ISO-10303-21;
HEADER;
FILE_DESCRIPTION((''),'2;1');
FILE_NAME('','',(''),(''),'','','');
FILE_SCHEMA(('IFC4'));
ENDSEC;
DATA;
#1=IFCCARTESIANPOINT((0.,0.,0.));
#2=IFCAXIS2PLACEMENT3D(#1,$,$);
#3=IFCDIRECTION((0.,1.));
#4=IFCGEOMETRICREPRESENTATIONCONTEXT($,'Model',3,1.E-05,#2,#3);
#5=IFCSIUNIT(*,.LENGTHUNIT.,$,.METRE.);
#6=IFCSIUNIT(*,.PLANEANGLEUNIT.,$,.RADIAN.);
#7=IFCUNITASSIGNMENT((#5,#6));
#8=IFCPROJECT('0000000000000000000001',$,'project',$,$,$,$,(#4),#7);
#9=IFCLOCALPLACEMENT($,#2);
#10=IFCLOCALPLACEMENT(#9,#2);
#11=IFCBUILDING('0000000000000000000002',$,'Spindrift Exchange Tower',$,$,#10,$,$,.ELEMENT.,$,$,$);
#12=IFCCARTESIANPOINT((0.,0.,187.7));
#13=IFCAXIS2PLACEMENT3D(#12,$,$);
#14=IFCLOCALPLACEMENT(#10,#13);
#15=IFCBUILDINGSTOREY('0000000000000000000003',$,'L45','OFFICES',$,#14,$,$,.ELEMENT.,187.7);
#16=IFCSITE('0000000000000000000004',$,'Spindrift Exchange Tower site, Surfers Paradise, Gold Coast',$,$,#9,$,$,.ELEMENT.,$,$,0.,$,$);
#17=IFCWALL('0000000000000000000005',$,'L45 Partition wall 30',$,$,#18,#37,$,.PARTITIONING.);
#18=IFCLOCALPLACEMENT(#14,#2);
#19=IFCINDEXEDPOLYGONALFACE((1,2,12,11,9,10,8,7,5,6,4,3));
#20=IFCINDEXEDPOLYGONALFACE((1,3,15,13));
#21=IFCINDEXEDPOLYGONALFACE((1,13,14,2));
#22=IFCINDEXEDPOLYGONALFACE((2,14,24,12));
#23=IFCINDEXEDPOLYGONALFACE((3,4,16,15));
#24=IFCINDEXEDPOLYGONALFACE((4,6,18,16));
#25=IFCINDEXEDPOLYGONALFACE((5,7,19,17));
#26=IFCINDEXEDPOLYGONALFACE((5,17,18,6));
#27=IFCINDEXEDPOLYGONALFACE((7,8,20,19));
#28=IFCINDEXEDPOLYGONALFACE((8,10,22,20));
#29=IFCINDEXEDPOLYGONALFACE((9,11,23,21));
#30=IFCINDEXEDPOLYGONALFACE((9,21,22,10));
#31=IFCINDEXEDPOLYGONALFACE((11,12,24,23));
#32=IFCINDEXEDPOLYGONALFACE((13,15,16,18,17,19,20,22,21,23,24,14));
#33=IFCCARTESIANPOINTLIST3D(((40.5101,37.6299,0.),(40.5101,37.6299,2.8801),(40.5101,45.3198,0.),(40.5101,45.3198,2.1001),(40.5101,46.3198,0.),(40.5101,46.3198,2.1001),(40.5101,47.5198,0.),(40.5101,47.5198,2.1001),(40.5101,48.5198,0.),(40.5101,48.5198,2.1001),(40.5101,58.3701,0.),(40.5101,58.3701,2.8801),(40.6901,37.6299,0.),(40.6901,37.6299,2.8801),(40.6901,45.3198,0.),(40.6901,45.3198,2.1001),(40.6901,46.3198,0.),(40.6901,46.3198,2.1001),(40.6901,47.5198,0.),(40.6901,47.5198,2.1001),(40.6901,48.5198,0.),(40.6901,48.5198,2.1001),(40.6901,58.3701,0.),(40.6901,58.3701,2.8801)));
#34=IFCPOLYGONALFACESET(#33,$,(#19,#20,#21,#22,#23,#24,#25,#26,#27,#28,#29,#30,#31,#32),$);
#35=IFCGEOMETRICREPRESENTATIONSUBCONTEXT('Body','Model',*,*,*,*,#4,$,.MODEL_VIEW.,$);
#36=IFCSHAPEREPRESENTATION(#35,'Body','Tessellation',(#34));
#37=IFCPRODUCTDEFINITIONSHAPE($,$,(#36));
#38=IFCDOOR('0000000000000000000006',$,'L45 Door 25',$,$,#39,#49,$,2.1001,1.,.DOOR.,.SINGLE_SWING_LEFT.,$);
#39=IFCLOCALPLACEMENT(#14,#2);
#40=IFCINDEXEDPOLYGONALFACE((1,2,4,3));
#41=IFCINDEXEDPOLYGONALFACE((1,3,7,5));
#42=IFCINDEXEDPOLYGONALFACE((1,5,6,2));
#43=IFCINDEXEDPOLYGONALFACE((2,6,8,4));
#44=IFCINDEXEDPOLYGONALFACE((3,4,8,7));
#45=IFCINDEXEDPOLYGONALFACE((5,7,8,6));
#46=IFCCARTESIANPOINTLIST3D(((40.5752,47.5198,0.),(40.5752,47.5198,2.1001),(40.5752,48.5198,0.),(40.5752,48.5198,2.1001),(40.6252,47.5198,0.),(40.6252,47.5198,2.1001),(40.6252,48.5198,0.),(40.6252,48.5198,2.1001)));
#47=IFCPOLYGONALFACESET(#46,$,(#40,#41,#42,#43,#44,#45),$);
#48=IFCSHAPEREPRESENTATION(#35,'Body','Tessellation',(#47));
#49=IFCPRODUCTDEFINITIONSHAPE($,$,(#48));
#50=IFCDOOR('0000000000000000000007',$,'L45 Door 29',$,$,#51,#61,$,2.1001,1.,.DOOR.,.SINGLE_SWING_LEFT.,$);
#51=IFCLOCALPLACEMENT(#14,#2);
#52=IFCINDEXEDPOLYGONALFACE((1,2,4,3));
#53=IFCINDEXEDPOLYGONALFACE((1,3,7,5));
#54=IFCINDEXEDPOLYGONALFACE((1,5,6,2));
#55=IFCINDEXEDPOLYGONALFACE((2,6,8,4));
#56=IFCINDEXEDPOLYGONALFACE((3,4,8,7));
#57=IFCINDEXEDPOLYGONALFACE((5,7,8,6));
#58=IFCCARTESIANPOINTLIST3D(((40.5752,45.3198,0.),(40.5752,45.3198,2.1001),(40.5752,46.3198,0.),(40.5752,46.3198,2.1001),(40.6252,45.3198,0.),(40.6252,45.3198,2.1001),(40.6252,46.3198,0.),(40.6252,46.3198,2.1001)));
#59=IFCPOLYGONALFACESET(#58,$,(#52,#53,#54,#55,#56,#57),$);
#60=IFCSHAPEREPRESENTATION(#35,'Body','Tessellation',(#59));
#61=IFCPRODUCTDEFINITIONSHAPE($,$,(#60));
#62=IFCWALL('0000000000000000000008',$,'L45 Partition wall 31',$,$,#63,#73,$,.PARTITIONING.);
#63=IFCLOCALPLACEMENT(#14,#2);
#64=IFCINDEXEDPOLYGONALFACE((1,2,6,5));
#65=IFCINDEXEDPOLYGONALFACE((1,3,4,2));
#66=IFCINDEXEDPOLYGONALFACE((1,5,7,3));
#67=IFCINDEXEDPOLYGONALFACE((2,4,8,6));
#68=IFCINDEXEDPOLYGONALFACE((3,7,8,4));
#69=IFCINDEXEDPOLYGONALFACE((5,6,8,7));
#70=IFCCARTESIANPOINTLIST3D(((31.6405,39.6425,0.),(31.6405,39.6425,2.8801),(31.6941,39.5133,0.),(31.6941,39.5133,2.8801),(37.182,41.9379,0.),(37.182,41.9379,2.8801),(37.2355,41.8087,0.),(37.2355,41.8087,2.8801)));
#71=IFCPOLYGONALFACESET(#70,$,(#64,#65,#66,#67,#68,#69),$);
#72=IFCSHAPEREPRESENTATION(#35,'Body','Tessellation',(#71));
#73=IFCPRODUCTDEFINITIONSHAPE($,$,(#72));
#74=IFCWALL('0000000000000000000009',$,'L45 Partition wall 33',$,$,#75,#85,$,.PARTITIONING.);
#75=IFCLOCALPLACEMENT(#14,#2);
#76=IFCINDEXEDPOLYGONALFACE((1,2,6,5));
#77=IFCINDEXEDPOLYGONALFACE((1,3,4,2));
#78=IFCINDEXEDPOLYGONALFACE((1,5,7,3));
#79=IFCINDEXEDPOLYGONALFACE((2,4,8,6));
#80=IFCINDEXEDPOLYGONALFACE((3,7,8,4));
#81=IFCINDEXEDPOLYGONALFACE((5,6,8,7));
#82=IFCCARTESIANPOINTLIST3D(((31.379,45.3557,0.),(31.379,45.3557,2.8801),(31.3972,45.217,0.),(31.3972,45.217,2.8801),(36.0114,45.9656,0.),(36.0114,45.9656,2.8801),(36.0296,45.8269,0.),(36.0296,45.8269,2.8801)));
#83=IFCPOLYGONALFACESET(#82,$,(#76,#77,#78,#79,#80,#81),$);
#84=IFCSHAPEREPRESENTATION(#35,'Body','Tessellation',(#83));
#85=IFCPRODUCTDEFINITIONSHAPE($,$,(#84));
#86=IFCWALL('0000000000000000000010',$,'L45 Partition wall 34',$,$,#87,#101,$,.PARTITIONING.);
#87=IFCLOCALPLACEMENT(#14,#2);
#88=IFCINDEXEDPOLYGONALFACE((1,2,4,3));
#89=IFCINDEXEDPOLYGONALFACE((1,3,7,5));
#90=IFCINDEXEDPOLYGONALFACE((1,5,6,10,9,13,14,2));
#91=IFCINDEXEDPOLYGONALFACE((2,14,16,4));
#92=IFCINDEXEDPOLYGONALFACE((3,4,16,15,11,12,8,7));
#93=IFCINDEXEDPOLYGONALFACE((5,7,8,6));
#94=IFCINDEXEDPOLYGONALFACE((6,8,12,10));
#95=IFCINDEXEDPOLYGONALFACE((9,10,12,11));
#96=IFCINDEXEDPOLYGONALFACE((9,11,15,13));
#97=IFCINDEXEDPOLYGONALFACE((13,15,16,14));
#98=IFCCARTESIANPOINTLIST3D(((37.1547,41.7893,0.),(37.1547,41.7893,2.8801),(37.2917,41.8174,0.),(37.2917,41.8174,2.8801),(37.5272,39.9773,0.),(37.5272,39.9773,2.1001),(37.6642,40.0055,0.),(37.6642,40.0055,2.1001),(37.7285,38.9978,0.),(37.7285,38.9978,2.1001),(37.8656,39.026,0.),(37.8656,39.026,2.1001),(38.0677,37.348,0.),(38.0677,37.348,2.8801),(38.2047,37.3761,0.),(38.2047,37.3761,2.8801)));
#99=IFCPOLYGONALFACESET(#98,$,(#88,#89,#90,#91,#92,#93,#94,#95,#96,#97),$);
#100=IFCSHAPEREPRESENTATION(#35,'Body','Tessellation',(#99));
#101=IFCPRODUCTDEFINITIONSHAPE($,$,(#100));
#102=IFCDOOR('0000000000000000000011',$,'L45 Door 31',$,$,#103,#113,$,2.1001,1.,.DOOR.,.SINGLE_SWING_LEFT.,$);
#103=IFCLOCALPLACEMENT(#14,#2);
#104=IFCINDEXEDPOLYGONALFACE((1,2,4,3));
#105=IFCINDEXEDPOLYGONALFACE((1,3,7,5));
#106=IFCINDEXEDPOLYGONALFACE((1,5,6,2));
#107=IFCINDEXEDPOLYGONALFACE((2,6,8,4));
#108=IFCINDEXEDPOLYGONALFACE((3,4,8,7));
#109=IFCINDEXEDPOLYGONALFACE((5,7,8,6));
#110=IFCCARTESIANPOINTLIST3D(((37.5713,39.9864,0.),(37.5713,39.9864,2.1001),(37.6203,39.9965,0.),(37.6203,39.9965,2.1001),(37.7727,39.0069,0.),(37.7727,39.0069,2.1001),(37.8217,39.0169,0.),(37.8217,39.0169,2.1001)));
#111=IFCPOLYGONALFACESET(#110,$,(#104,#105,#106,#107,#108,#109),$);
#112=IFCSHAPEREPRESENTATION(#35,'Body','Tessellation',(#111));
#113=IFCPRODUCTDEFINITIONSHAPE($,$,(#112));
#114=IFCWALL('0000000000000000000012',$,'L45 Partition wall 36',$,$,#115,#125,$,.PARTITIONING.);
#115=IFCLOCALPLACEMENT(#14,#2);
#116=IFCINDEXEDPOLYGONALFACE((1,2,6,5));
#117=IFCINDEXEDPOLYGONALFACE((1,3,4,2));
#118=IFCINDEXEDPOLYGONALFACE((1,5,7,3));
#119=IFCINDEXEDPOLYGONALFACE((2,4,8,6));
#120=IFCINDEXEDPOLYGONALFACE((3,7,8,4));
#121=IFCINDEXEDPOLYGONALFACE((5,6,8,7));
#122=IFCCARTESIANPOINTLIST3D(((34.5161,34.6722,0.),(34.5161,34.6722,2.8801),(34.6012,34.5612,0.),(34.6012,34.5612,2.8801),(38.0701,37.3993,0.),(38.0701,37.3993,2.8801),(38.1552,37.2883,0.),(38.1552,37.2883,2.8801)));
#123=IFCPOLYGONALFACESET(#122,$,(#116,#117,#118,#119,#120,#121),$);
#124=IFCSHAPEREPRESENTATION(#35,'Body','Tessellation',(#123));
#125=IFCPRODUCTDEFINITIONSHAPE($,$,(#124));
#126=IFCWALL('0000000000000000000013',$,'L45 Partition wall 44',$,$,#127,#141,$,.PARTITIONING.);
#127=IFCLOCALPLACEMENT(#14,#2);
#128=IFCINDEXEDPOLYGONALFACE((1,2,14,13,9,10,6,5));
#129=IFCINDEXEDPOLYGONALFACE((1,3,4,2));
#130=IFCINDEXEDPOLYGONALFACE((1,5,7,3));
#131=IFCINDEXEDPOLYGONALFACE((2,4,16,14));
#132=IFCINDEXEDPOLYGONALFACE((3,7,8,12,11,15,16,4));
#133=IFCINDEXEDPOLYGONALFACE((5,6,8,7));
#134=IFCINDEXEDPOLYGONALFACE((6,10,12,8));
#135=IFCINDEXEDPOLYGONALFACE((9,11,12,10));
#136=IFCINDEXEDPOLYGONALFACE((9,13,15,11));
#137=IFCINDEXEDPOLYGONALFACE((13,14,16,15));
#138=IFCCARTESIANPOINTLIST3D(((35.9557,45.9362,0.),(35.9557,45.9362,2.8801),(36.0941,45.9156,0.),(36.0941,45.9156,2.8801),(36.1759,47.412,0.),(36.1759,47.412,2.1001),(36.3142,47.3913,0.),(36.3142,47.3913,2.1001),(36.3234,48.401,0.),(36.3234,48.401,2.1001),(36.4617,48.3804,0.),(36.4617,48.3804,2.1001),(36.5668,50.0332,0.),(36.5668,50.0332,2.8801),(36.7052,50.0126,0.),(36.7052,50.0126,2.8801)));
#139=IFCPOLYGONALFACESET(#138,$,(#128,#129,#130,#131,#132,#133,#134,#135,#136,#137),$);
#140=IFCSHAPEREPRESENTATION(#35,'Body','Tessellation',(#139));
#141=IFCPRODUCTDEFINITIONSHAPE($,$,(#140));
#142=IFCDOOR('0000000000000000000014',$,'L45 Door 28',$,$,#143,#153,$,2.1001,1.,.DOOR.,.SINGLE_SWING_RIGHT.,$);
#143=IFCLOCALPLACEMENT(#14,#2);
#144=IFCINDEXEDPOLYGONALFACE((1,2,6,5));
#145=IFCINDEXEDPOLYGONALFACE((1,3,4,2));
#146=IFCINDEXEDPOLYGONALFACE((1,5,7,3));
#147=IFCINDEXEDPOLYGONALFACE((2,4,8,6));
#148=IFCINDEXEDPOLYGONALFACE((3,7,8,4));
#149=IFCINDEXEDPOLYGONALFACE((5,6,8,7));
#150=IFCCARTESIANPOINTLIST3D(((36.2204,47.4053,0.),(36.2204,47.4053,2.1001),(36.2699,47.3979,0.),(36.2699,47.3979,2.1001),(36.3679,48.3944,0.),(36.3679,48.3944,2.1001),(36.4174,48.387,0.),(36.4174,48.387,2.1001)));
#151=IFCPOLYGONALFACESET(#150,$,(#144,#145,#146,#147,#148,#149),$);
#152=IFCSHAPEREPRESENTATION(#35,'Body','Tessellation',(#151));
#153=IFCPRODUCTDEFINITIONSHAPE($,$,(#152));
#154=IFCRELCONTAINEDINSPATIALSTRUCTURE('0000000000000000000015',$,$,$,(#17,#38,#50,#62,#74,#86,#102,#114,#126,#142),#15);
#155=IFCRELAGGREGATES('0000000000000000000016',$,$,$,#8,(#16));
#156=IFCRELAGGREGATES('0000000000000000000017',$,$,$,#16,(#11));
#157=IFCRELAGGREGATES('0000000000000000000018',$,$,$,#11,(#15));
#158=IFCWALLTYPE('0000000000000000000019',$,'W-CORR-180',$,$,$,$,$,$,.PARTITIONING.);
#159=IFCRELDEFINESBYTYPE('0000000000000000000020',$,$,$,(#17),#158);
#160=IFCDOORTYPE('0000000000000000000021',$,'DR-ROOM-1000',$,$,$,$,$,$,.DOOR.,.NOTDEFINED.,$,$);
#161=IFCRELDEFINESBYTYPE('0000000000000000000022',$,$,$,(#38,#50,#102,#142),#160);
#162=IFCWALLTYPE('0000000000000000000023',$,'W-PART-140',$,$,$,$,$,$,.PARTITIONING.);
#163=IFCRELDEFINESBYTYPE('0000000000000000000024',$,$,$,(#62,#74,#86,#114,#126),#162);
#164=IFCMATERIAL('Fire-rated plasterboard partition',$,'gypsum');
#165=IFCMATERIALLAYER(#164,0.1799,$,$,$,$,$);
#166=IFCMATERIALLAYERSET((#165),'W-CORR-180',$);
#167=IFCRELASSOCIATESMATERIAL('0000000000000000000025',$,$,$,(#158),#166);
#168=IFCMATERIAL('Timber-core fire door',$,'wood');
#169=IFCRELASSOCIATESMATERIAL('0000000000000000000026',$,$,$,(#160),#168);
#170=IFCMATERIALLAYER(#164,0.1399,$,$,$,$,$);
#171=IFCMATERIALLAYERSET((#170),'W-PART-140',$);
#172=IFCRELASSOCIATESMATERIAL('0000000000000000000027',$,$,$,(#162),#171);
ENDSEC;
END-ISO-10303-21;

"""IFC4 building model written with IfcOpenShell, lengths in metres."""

from ifc_helpers import new_model, si_unit, direction, frame, frame_2d, origin, place, context, subcontext, project, spatial, rectangle, extrude, source, transform, mapped, material, layer, layer_set, type_object, element, fill, save


model = new_model("IFC4")

# Units and contexts
model_context = context("Model", 3, precision=1e-05, world=origin(), true_north=direction((0.0, 1.0)))
body_context = subcontext(model_context, "Body", "Model", "MODEL_VIEW")
ifc_project = project(units=[si_unit("LENGTHUNIT", "METRE"), si_unit("PLANEANGLEUNIT", "RADIAN")], contexts=[model_context])

# Site, building, storey
site_placement = place(None, origin())
site = spatial("IfcSite", under=ifc_project, at=site_placement, Name="Spindrift Exchange Tower site, Surfers Paradise, Gold Coast", CompositionType="ELEMENT", RefElevation=0.0)
building_placement = place(site_placement, origin())
building = spatial("IfcBuilding", under=site, at=building_placement, Name="Spindrift Exchange Tower", CompositionType="ELEMENT")
storey_placement = place(building_placement, frame((0.0, 0.0, 187.7)))
storey = spatial("IfcBuildingStorey", under=building, at=storey_placement, Name="L45", Description="OFFICES", CompositionType="ELEMENT", Elevation=187.7)

# Wall, openings, doors
ifc_material_1 = material(Name="Fire-rated plasterboard partition", Category="gypsum")
ifc_layer_1 = layer(ifc_material_1, 0.1799)
ifc_layer_set_1 = layer_set([ifc_layer_1], Name="W-CORR-180")
wall_type_1 = type_object("IfcWallType", Name="W-CORR-180", PredefinedType="PARTITIONING", material=ifc_layer_set_1)
wall_1_placement = place(storey_placement, frame((40.6001, 37.6299, 0.0), z_axis=(0.0, 0.0, 1.0), x_axis=(0.0, 1.0, 0.0)))
wall_1 = element("IfcWall", 1, at=wall_1_placement, inside=storey, type_object=wall_type_1, Name="L45 Partition wall 30", PredefinedType="PARTITIONING", context=body_context, shape_type="SweptSolid", body=[
    extrude(rectangle(XDim=20.7402, YDim=0.1799, at=frame_2d((10.3701, 0.0))), origin(), (0.0, 0.0, 1.0), 2.8801),
])
opening_1_placement = place(wall_1_placement, frame((9.8899, 0.0, 0.0)))
opening_1 = element("IfcOpeningElement", 2, at=opening_1_placement, cuts=wall_1, PredefinedType="OPENING", context=body_context, shape_type="SweptSolid", body=[
    extrude(rectangle(XDim=1.0, YDim=2.1001, at=frame_2d((0.5, 1.05))), frame((0.0, 0.0999, 0.0), z_axis=(0.0, -1.0, 0.0), x_axis=(1.0, 0.0, 0.0)), (0.0, 0.0, 1.0), 0.2),
])
opening_2_placement = place(wall_1_placement, frame((7.6899, 0.0, 0.0)))
opening_2 = element("IfcOpeningElement", 3, at=opening_2_placement, cuts=wall_1, PredefinedType="OPENING", context=body_context, shape_type="SweptSolid", body=[
    extrude(rectangle(XDim=1.0, YDim=2.1001, at=frame_2d((0.5, 1.05))), frame((0.0, 0.0999, 0.0), z_axis=(0.0, -1.0, 0.0), x_axis=(1.0, 0.0, 0.0)), (0.0, 0.0, 1.0), 0.2),
])
ifc_material_2 = material(Name="Timber-core fire door", Category="wood")
door_type = type_object("IfcDoorType", Name="DR-ROOM-1000", OperationType="NOTDEFINED", PredefinedType="DOOR", material=ifc_material_2)
shared_shape_1 = source(origin(), body_context, "Body", "SweptSolid", [
    extrude(rectangle(XDim=1.0, YDim=2.1001, at=frame_2d((0.5, 1.05))), frame((0.0, 0.0249, 0.0), z_axis=(0.0, -1.0, 0.0), x_axis=(1.0, 0.0, 0.0)), (0.0, 0.0, 1.0), 0.05),
])
door_1_placement = place(opening_1_placement, origin())
door_1 = element("IfcDoor", 4, at=door_1_placement, inside=storey, type_object=door_type, Name="L45 Door 25", OperationType="SINGLE_SWING_LEFT", OverallHeight=2.1001, OverallWidth=1.0, PredefinedType="DOOR", context=body_context, shape_type="MappedRepresentation", body=[
    mapped(shared_shape_1, transform((0.0, 0.0, 0.0), scale=1.0)),
])
fill(opening_1, door_1)
door_2_placement = place(opening_2_placement, origin())
door_2 = element("IfcDoor", 5, at=door_2_placement, inside=storey, type_object=door_type, Name="L45 Door 29", OperationType="SINGLE_SWING_LEFT", OverallHeight=2.1001, OverallWidth=1.0, PredefinedType="DOOR", context=body_context, shape_type="MappedRepresentation", body=[
    mapped(shared_shape_1, transform((0.0, 0.0, 0.0), scale=1.0)),
])
fill(opening_2, door_2)

# Walls
ifc_layer_2 = layer(ifc_material_1, 0.1399)
ifc_layer_set_2 = layer_set([ifc_layer_2], Name="W-PART-140")
wall_type_2 = type_object("IfcWallType", Name="W-PART-140", PredefinedType="PARTITIONING", material=ifc_layer_set_2)
wall_2_placement = place(storey_placement, frame((37.2087, 41.8733, 0.0), z_axis=(0.0, 0.0, 1.0), x_axis=(-0.923877, -0.38269, 0.0)))
element("IfcWall", 6, at=wall_2_placement, inside=storey, type_object=wall_type_2, Name="L45 Partition wall 31", PredefinedType="PARTITIONING", context=body_context, shape_type="SweptSolid", body=[
    extrude(rectangle(XDim=5.998, YDim=0.1399, at=frame_2d((2.999, 0.0))), origin(), (0.0, 0.0, 1.0), 2.8801),
])
wall_3_placement = place(storey_placement, frame((36.0205, 45.8962, 0.0), z_axis=(0.0, 0.0, 1.0), x_axis=(-0.991445, -0.130528, 0.0)))
element("IfcWall", 7, at=wall_3_placement, inside=storey, type_object=wall_type_2, Name="L45 Partition wall 33", PredefinedType="PARTITIONING", context=body_context, shape_type="SweptSolid", body=[
    extrude(rectangle(XDim=4.6724, YDim=0.1399, at=frame_2d((2.3362, 0.0))), origin(), (0.0, 0.0, 1.0), 2.8801),
])

# Wall, opening, door
wall_4_placement = place(storey_placement, frame((38.1362, 37.3621, 0.0), z_axis=(0.0, 0.0, 1.0), x_axis=(-0.201373, 0.979515, 0.0)))
wall_4 = element("IfcWall", 8, at=wall_4_placement, inside=storey, type_object=wall_type_2, Name="L45 Partition wall 34", PredefinedType="PARTITIONING", context=body_context, shape_type="SweptSolid", body=[
    extrude(rectangle(XDim=4.5342, YDim=0.1399, at=frame_2d((2.2671, 0.0))), origin(), (0.0, 0.0, 1.0), 2.8801),
])
opening_3_placement = place(wall_4_placement, frame((1.6843, 0.0, 0.0)))
opening_3 = element("IfcOpeningElement", 9, at=opening_3_placement, cuts=wall_4, PredefinedType="OPENING", context=body_context, shape_type="SweptSolid", body=[
    extrude(rectangle(XDim=1.0, YDim=2.1001, at=frame_2d((0.5, 1.05))), frame((0.0, 0.0798, 0.0), z_axis=(0.0, -1.0, 0.0), x_axis=(1.0, 0.0, 0.0)), (0.0, 0.0, 1.0), 0.1599),
])
door_3_placement = place(opening_3_placement, origin())
door_3 = element("IfcDoor", 10, at=door_3_placement, inside=storey, type_object=door_type, Name="L45 Door 31", OperationType="SINGLE_SWING_LEFT", OverallHeight=2.1001, OverallWidth=1.0, PredefinedType="DOOR", context=body_context, shape_type="MappedRepresentation", body=[
    mapped(shared_shape_1, transform((0.0, 0.0, 0.0), scale=1.0)),
])
fill(opening_3, door_3)

# Wall
wall_5_placement = place(storey_placement, frame((38.1125, 37.3438, 0.0), z_axis=(0.0, 0.0, 1.0), x_axis=(-0.793353, -0.608762, 0.0)))
element("IfcWall", 11, at=wall_5_placement, inside=storey, type_object=wall_type_2, Name="L45 Partition wall 36", PredefinedType="PARTITIONING", context=body_context, shape_type="SweptSolid", body=[
    extrude(rectangle(XDim=4.4797, YDim=0.1399, at=frame_2d((2.2397, 0.0))), origin(), (0.0, 0.0, 1.0), 2.8801),
])

# Wall, opening, door
wall_6_placement = place(storey_placement, frame((36.0249, 45.9258, 0.0), z_axis=(0.0, 0.0, 1.0), x_axis=(0.147525, 0.989058, 0.0)))
wall_6 = element("IfcWall", 12, at=wall_6_placement, inside=storey, type_object=wall_type_2, Name="L45 Partition wall 44", PredefinedType="PARTITIONING", context=body_context, shape_type="SweptSolid", body=[
    extrude(rectangle(XDim=4.1423, YDim=0.1399, at=frame_2d((2.0713, 0.0))), origin(), (0.0, 0.0, 1.0), 2.8801),
])
opening_4_placement = place(wall_6_placement, frame((1.4922, 0.0, 0.0)))
opening_4 = element("IfcOpeningElement", 13, at=opening_4_placement, cuts=wall_6, PredefinedType="OPENING", context=body_context, shape_type="SweptSolid", body=[
    extrude(rectangle(XDim=1.0, YDim=2.1001, at=frame_2d((0.5, 1.05))), frame((0.0, 0.0798, 0.0), z_axis=(0.0, -1.0, 0.0), x_axis=(1.0, 0.0, 0.0)), (0.0, 0.0, 1.0), 0.1599),
])
door_4_placement = place(opening_4_placement, origin())
door_4 = element("IfcDoor", 14, at=door_4_placement, inside=storey, type_object=door_type, Name="L45 Door 28", OperationType="SINGLE_SWING_RIGHT", OverallHeight=2.1001, OverallWidth=1.0, PredefinedType="DOOR", context=body_context, shape_type="MappedRepresentation", body=[
    mapped(shared_shape_1, transform((0.0, 0.0, 0.0), scale=1.0)),
])
fill(opening_4, door_4)

save(model, "model.ifc")
